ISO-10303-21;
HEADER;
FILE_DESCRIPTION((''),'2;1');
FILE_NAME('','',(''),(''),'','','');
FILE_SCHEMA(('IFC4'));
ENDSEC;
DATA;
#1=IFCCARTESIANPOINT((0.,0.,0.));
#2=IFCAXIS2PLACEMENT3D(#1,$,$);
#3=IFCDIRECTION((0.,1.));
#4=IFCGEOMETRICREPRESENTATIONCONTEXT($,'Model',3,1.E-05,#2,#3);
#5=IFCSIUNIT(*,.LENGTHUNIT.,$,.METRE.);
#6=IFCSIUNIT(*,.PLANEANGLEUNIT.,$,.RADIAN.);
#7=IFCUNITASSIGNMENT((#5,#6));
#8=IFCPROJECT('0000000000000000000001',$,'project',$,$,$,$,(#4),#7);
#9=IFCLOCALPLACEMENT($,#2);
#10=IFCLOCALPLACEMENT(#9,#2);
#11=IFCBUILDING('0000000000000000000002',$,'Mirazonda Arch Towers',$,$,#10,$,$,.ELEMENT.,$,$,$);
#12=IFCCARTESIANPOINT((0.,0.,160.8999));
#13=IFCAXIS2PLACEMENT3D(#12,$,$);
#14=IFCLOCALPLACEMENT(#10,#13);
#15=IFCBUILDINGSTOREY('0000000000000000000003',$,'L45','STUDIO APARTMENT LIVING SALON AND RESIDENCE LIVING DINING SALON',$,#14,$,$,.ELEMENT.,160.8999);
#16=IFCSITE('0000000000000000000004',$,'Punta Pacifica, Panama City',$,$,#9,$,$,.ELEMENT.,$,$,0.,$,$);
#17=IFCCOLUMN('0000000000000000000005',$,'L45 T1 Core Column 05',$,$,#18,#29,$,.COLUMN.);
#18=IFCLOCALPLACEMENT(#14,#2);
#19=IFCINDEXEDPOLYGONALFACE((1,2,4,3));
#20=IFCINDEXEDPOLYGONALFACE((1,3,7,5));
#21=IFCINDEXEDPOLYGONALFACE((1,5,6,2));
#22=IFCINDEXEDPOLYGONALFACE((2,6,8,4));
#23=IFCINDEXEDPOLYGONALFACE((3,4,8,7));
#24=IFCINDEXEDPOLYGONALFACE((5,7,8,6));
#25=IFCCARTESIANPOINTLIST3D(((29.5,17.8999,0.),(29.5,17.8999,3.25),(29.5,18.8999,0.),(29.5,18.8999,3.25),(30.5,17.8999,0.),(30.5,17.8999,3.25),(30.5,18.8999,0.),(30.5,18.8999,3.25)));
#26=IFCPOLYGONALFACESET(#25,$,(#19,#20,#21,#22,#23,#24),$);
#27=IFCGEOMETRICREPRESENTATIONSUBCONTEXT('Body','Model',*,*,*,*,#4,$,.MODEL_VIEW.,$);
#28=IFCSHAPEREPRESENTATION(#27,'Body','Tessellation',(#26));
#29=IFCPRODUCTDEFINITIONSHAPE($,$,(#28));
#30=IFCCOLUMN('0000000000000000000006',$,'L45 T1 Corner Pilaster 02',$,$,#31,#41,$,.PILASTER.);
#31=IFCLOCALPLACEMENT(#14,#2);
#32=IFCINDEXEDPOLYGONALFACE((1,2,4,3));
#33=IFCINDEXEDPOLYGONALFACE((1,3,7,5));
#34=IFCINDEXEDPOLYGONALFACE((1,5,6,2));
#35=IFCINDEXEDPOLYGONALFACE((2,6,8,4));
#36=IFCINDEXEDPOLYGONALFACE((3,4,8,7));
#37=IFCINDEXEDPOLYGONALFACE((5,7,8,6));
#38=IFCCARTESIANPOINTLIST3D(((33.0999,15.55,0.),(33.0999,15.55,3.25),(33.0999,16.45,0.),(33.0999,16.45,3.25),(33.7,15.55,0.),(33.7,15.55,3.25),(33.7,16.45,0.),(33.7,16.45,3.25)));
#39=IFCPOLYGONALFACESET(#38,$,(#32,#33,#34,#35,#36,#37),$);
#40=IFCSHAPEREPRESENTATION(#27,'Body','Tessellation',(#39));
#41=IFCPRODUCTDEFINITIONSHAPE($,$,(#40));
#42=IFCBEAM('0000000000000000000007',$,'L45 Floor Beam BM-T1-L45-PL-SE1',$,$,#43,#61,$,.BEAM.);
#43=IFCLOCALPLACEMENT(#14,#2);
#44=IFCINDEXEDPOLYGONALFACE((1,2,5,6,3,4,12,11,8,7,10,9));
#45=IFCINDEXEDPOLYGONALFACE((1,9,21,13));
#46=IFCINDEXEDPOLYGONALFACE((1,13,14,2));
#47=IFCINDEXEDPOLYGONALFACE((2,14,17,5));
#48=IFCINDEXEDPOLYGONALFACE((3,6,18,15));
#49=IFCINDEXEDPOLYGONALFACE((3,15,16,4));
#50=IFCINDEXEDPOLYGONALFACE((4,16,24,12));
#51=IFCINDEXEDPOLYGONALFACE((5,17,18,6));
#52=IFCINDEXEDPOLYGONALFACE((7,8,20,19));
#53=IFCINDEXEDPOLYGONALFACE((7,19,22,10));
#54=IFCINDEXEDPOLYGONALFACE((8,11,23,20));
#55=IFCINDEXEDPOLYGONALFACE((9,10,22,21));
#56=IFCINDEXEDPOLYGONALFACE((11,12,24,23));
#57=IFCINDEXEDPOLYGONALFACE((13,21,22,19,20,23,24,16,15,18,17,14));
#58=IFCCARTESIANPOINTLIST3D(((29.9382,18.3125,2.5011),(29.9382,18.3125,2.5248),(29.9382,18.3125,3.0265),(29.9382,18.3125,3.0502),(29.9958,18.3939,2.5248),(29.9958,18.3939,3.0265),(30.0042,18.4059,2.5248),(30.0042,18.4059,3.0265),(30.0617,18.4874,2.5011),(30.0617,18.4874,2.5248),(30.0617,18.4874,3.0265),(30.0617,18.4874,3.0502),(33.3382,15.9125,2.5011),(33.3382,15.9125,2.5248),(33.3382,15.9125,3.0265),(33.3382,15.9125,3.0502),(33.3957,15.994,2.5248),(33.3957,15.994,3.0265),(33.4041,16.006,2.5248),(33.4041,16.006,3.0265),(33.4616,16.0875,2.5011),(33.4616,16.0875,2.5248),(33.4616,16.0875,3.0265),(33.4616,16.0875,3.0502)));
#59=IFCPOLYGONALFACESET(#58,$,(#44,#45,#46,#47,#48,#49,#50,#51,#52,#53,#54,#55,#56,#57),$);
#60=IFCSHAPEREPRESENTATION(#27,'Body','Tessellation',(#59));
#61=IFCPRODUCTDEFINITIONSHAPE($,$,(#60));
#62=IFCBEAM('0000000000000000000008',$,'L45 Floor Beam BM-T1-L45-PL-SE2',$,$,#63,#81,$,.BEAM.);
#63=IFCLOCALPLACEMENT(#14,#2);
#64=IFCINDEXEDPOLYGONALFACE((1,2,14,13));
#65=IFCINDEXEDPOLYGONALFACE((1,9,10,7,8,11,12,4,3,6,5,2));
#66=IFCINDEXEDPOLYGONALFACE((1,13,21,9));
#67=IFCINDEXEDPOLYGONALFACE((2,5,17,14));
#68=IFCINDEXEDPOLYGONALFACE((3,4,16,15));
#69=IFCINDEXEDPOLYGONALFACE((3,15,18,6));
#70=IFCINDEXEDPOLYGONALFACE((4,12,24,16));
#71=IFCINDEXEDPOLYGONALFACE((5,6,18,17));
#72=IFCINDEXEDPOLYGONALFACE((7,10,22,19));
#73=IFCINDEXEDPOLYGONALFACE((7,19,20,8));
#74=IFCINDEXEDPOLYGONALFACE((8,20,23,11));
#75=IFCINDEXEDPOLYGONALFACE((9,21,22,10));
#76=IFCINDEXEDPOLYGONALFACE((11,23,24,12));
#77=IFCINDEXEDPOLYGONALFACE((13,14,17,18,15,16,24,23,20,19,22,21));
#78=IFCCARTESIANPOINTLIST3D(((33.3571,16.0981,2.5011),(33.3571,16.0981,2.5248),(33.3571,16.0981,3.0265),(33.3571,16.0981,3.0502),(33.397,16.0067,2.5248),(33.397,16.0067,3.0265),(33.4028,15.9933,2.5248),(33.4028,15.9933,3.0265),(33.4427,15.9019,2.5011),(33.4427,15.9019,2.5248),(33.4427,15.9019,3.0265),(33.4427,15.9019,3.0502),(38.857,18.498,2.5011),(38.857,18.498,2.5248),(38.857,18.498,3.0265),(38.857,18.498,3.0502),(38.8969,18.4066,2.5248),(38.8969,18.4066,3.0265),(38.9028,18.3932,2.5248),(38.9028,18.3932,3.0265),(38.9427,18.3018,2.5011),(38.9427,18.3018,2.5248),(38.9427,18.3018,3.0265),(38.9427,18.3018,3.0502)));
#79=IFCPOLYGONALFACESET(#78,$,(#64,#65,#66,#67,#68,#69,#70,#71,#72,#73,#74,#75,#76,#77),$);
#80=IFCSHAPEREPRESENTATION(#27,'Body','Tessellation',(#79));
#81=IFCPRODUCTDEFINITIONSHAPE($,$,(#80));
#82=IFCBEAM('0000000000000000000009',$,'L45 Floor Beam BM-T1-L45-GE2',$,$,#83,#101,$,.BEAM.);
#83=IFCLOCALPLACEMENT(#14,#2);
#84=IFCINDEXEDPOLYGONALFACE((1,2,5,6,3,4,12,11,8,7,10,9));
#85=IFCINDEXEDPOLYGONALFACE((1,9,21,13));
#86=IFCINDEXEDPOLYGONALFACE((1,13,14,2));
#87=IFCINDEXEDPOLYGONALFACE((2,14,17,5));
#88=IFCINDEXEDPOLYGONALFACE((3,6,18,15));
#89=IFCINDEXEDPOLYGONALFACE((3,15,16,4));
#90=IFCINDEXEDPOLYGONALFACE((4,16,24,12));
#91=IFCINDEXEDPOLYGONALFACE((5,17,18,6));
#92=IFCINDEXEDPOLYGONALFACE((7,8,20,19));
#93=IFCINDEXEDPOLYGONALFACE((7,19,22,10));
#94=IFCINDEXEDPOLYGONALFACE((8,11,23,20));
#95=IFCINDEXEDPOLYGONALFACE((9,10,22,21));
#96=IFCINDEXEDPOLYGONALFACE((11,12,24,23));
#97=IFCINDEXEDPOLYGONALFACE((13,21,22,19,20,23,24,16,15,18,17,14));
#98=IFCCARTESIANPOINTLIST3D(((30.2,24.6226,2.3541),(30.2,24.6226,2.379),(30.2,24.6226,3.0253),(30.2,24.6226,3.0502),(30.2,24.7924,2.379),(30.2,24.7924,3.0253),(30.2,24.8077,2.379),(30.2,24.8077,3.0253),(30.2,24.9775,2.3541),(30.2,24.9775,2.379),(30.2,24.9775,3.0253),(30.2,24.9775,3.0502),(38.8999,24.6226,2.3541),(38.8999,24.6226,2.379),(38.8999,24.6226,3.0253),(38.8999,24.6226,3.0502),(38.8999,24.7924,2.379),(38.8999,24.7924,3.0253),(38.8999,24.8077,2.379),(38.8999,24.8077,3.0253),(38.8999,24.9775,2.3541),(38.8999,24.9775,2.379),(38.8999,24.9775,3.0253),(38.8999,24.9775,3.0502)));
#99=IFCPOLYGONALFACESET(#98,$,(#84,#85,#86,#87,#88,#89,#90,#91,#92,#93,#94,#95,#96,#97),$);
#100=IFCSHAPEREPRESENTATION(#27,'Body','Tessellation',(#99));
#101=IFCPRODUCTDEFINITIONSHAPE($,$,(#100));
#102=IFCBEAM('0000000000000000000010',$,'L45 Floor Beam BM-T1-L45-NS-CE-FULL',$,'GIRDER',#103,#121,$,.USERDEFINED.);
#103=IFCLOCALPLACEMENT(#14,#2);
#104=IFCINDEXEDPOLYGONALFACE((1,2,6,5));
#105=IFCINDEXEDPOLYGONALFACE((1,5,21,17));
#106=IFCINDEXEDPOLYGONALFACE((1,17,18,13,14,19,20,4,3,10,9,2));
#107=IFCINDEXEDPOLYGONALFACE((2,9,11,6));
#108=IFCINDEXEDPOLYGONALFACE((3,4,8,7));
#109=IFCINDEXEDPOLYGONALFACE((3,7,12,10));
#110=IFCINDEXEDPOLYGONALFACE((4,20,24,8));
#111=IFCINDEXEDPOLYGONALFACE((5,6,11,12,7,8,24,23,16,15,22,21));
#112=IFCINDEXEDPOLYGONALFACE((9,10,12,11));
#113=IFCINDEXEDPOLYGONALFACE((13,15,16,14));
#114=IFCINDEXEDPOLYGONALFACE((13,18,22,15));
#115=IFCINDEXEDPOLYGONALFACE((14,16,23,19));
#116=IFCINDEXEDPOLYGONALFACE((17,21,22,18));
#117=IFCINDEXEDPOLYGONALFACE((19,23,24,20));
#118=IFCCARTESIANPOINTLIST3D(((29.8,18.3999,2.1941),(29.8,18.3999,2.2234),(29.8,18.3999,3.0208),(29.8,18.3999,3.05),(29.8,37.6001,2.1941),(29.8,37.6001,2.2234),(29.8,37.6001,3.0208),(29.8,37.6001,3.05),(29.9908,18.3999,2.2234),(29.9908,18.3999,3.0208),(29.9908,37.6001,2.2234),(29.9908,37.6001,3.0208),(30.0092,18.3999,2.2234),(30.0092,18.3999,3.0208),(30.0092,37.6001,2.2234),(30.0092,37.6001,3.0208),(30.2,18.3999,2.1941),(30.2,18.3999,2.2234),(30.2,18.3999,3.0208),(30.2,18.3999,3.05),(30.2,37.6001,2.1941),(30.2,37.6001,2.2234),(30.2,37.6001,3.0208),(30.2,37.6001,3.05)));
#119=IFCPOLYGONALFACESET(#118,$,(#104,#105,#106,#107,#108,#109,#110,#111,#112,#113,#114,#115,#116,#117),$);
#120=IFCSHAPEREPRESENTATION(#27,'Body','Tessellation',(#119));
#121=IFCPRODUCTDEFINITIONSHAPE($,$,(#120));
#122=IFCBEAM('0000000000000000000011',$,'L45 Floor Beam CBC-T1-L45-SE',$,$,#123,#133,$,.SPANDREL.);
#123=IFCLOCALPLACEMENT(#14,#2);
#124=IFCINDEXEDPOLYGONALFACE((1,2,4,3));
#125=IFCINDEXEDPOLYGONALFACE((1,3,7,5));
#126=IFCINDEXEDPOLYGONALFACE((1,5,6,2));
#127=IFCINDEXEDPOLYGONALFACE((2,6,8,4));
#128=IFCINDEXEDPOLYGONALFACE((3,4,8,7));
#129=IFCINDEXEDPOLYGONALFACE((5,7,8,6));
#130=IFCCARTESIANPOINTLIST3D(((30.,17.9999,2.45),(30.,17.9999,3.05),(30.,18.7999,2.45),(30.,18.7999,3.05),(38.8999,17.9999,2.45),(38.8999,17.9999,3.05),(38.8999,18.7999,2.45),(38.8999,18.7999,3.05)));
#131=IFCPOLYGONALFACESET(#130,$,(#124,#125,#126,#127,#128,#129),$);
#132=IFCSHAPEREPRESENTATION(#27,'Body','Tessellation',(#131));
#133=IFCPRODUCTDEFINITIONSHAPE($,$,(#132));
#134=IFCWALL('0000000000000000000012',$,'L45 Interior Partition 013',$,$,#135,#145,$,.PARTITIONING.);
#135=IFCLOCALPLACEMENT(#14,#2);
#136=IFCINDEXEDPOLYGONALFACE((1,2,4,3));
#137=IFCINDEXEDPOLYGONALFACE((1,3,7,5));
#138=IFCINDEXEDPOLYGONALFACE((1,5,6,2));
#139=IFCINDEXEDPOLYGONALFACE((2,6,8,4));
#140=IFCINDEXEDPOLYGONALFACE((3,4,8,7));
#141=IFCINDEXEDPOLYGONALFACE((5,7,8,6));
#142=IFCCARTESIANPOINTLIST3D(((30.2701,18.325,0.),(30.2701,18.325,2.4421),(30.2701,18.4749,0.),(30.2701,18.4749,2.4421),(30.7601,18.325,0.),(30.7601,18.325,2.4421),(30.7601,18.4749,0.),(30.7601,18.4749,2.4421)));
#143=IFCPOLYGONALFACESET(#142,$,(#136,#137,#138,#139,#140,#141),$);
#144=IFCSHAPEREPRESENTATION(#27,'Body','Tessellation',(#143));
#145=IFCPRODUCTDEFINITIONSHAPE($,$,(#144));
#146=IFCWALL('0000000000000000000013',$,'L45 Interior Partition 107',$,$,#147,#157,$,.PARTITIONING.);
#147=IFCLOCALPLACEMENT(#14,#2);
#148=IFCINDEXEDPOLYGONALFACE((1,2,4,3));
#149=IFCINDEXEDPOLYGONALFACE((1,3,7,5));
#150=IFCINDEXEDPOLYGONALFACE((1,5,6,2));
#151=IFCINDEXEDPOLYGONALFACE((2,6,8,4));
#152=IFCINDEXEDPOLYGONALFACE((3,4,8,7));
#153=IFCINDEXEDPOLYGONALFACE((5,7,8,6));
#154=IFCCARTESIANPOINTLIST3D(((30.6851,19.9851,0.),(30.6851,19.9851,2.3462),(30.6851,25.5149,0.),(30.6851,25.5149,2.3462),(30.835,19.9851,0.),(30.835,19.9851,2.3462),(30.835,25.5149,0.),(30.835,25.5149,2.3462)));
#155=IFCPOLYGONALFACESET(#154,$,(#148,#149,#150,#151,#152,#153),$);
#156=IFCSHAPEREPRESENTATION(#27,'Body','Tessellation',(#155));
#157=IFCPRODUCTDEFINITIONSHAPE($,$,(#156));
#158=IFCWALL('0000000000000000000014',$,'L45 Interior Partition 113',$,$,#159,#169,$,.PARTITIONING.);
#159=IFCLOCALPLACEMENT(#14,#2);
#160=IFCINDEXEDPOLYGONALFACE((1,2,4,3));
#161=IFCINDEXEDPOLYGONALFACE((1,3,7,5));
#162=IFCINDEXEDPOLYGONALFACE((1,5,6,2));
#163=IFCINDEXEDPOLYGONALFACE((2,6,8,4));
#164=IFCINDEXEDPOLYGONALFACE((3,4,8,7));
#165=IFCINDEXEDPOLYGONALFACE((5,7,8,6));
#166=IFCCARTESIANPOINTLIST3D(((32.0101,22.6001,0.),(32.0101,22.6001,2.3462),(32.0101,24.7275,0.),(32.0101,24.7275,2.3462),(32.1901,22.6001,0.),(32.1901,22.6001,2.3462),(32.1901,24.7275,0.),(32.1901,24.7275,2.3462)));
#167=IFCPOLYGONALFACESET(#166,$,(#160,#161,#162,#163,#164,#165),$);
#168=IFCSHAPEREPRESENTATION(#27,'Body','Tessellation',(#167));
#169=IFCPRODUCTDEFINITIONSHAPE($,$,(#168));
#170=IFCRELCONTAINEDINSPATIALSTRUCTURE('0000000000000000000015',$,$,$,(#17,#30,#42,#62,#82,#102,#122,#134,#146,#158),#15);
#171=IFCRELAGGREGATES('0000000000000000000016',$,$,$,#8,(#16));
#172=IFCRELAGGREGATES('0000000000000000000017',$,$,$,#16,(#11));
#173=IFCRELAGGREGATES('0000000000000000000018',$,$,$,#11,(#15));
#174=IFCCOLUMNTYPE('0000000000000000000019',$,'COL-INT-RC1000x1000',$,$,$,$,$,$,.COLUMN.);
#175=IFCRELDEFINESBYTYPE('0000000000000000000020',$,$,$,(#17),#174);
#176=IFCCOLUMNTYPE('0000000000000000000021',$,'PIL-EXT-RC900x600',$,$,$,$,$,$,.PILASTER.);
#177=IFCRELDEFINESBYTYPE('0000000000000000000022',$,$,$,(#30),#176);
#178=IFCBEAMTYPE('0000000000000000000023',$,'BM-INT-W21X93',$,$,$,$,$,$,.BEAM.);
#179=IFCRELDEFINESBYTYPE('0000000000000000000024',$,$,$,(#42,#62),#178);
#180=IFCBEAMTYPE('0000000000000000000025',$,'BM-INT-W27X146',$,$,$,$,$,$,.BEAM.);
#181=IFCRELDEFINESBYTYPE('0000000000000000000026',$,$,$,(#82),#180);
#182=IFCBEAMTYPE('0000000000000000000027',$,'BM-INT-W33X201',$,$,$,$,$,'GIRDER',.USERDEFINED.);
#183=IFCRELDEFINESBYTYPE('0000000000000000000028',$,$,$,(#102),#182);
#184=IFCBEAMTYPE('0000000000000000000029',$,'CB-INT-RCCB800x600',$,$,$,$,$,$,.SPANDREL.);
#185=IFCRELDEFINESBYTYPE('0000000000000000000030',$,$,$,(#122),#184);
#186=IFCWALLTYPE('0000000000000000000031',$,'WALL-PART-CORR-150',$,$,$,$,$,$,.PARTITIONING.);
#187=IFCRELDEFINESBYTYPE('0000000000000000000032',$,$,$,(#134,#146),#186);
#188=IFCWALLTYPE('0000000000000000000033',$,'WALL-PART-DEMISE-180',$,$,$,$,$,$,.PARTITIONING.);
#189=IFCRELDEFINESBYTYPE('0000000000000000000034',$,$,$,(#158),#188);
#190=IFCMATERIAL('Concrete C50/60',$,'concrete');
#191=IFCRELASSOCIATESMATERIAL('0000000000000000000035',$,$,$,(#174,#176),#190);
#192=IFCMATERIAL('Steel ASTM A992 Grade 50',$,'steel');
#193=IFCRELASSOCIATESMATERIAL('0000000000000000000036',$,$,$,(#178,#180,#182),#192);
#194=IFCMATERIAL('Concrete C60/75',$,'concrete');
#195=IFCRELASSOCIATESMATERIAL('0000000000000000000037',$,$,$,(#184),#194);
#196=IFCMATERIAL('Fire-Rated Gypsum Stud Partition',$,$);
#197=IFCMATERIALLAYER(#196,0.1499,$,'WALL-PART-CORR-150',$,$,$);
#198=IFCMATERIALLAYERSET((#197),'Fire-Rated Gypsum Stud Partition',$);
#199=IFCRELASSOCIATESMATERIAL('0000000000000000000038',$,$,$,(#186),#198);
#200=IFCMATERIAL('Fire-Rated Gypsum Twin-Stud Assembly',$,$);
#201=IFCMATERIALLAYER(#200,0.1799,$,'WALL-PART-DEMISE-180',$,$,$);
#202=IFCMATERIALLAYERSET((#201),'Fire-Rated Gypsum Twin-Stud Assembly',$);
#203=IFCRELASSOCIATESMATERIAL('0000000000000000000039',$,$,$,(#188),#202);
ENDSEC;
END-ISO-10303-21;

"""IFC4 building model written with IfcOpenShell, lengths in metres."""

from ifc_helpers import new_model, si_unit, direction, frame, frame_2d, origin, origin_2d, place, context, subcontext, project, spatial, rectangle, i_section, extrude, material, layer, layer_set, material_profile, profile_set, type_object, element, save


model = new_model("IFC4")

# Units and contexts
model_context = context("Model", 3, precision=1e-05, world=origin(), true_north=direction((0.0, 1.0)))
body_context = subcontext(model_context, "Body", "Model", "MODEL_VIEW")
ifc_project = project(units=[si_unit("LENGTHUNIT", "METRE"), si_unit("PLANEANGLEUNIT", "RADIAN")], contexts=[model_context])

# Site, building, storey
site_placement = place(None, origin())
site = spatial("IfcSite", under=ifc_project, at=site_placement, Name="Punta Pacifica, Panama City", CompositionType="ELEMENT", RefElevation=0.0)
building_placement = place(site_placement, origin())
building = spatial("IfcBuilding", under=site, at=building_placement, Name="Mirazonda Arch Towers", CompositionType="ELEMENT")
storey_placement = place(building_placement, frame((0.0, 0.0, 160.8999)))
storey = spatial("IfcBuildingStorey", under=building, at=storey_placement, Name="L45", Description="STUDIO APARTMENT LIVING SALON AND RESIDENCE LIVING DINING SALON", CompositionType="ELEMENT", Elevation=160.8999)

# Columns
ifc_material_1 = material(Name="Concrete C50/60", Category="concrete")
ifc_material_profile_1 = material_profile(ifc_material_1, rectangle(XDim=1.0, YDim=1.0, at=origin_2d()), Name="RC1000x1000")
ifc_profile_set_1 = profile_set([ifc_material_profile_1], Name="Concrete C50/60")
column_type_1 = type_object("IfcColumnType", Name="COL-INT-RC1000x1000", PredefinedType="COLUMN", material=ifc_profile_set_1)
column_1_placement = place(storey_placement, frame((30.0, 18.3999, 0.0), z_axis=(0.0, 0.0, 1.0), x_axis=(1.0, 0.0, 0.0)))
element("IfcColumn", 1, at=column_1_placement, inside=storey, type_object=column_type_1, Name="L45 T1 Core Column 05", PredefinedType="COLUMN", context=body_context, shape_type="SweptSolid", body=[
    extrude(rectangle(XDim=1.0, YDim=1.0, at=origin_2d()), origin(), (0.0, 0.0, 1.0), 3.25),
])
ifc_material_profile_2 = material_profile(ifc_material_1, rectangle(XDim=0.6001, YDim=0.8999, at=origin_2d()), Name="RC900x600")
ifc_profile_set_2 = profile_set([ifc_material_profile_2], Name="Concrete C50/60")
column_type_2 = type_object("IfcColumnType", Name="PIL-EXT-RC900x600", PredefinedType="PILASTER", material=ifc_profile_set_2)
column_2_placement = place(storey_placement, frame((33.3999, 16.0, 0.0), z_axis=(0.0, 0.0, 1.0), x_axis=(1.0, 0.0, 0.0)))
element("IfcColumn", 2, at=column_2_placement, inside=storey, type_object=column_type_2, Name="L45 T1 Corner Pilaster 02", PredefinedType="PILASTER", context=body_context, shape_type="SweptSolid", body=[
    extrude(rectangle(XDim=0.6001, YDim=0.8999, at=origin_2d()), origin(), (0.0, 0.0, 1.0), 3.25),
])

# Beams
ifc_material_2 = material(Name="Steel ASTM A992 Grade 50", Category="steel")
ifc_material_profile_3 = material_profile(ifc_material_2, i_section(OverallWidth=0.2141, OverallDepth=0.5491, WebThickness=0.0146, FlangeThickness=0.0237, at=origin_2d()), Name="W21X93")
ifc_profile_set_3 = profile_set([ifc_material_profile_3], Name="Steel ASTM A992 Grade 50")
beam_type_1 = type_object("IfcBeamType", Name="BM-INT-W21X93", PredefinedType="BEAM", material=ifc_profile_set_3)
beam_1_placement = place(storey_placement, frame((33.3999, 16.0, 2.7756), z_axis=(-0.816971, 0.576679, 0.0), x_axis=(-0.576679, -0.816971, 0.0)))
element("IfcBeam", 3, at=beam_1_placement, inside=storey, type_object=beam_type_1, Name="L45 Floor Beam BM-T1-L45-PL-SE1", PredefinedType="BEAM", context=body_context, shape_type="SweptSolid", body=[
    extrude(i_section(OverallWidth=0.2141, OverallDepth=0.5491, WebThickness=0.0146, FlangeThickness=0.0237, at=origin_2d()), origin(), (0.0, 0.0, 1.0), 4.1616),
])
beam_2_placement = place(storey_placement, frame((33.3999, 16.0, 2.7756), z_axis=(0.916545, 0.399931, 0.0), x_axis=(-0.399931, 0.916545, 0.0)))
element("IfcBeam", 4, at=beam_2_placement, inside=storey, type_object=beam_type_1, Name="L45 Floor Beam BM-T1-L45-PL-SE2", PredefinedType="BEAM", context=body_context, shape_type="SweptSolid", body=[
    extrude(i_section(OverallWidth=0.2141, OverallDepth=0.5491, WebThickness=0.0146, FlangeThickness=0.0237, at=origin_2d()), origin(), (0.0, 0.0, 1.0), 6.0007),
])
ifc_material_profile_4 = material_profile(ifc_material_2, i_section(OverallWidth=0.355, OverallDepth=0.696, WebThickness=0.0154, FlangeThickness=0.0249, at=origin_2d()), Name="W27X146")
ifc_profile_set_4 = profile_set([ifc_material_profile_4], Name="Steel ASTM A992 Grade 50")
beam_type_2 = type_object("IfcBeamType", Name="BM-INT-W27X146", PredefinedType="BEAM", material=ifc_profile_set_4)
beam_3_placement = place(storey_placement, frame((30.2, 24.8, 2.7021), z_axis=(1.0, 0.0, 0.0), x_axis=(0.0, 1.0, 0.0)))
element("IfcBeam", 5, at=beam_3_placement, inside=storey, type_object=beam_type_2, Name="L45 Floor Beam BM-T1-L45-GE2", PredefinedType="BEAM", context=body_context, shape_type="SweptSolid", body=[
    extrude(i_section(OverallWidth=0.355, OverallDepth=0.696, WebThickness=0.0154, FlangeThickness=0.0249, at=origin_2d()), origin(), (0.0, 0.0, 1.0), 8.7),
])
ifc_material_profile_5 = material_profile(ifc_material_2, i_section(OverallWidth=0.3999, OverallDepth=0.856, WebThickness=0.0183, FlangeThickness=0.0293, at=origin_2d()), Name="W33X201")
ifc_profile_set_5 = profile_set([ifc_material_profile_5], Name="Steel ASTM A992 Grade 50")
beam_type_3 = type_object("IfcBeamType", Name="BM-INT-W33X201", ElementType="GIRDER", PredefinedType="USERDEFINED", material=ifc_profile_set_5)
beam_4_placement = place(storey_placement, frame((30.0, 18.3999, 2.6221), z_axis=(0.0, 1.0, 0.0), x_axis=(-1.0, 0.0, 0.0)))
element("IfcBeam", 6, at=beam_4_placement, inside=storey, type_object=beam_type_3, Name="L45 Floor Beam BM-T1-L45-NS-CE-FULL", ObjectType="GIRDER", PredefinedType="USERDEFINED", context=body_context, shape_type="SweptSolid", body=[
    extrude(i_section(OverallWidth=0.3999, OverallDepth=0.856, WebThickness=0.0183, FlangeThickness=0.0293, at=origin_2d()), origin(), (0.0, 0.0, 1.0), 19.2002),
])
ifc_material_3 = material(Name="Concrete C60/75", Category="concrete")
ifc_material_profile_6 = material_profile(ifc_material_3, rectangle(XDim=0.8, YDim=0.6001, at=origin_2d()), Name="RCCB800x600")
ifc_profile_set_6 = profile_set([ifc_material_profile_6], Name="Concrete C60/75")
beam_type_4 = type_object("IfcBeamType", Name="CB-INT-RCCB800x600", PredefinedType="SPANDREL", material=ifc_profile_set_6)
beam_5_placement = place(storey_placement, frame((30.0, 18.3999, 2.75), z_axis=(1.0, 0.0, 0.0), x_axis=(0.0, 1.0, 0.0)))
element("IfcBeam", 7, at=beam_5_placement, inside=storey, type_object=beam_type_4, Name="L45 Floor Beam CBC-T1-L45-SE", PredefinedType="SPANDREL", context=body_context, shape_type="SweptSolid", body=[
    extrude(rectangle(XDim=0.8, YDim=0.6001, at=origin_2d()), origin(), (0.0, 0.0, 1.0), 8.8999),
])

# Walls
ifc_material_4 = material(Name="Fire-Rated Gypsum Stud Partition")
ifc_layer_1 = layer(ifc_material_4, 0.1499, Name="WALL-PART-CORR-150")
ifc_layer_set_1 = layer_set([ifc_layer_1], Name="Fire-Rated Gypsum Stud Partition")
wall_type_1 = type_object("IfcWallType", Name="WALL-PART-CORR-150", PredefinedType="PARTITIONING", material=ifc_layer_set_1)
wall_1_placement = place(storey_placement, frame((30.27, 18.3999, 0.0), z_axis=(0.0, 0.0, 1.0), x_axis=(1.0, 0.0, 0.0)))
element("IfcWall", 8, at=wall_1_placement, inside=storey, type_object=wall_type_1, Name="L45 Interior Partition 013", PredefinedType="PARTITIONING", context=body_context, shape_type="SweptSolid", body=[
    extrude(rectangle(XDim=0.49, YDim=0.1499, at=frame_2d((0.2451, 0.0))), origin(), (0.0, 0.0, 1.0), 2.4421),
])
wall_2_placement = place(storey_placement, frame((30.76, 19.9851, 0.0), z_axis=(0.0, 0.0, 1.0), x_axis=(0.0, 1.0, 0.0)))
element("IfcWall", 9, at=wall_2_placement, inside=storey, type_object=wall_type_1, Name="L45 Interior Partition 107", PredefinedType="PARTITIONING", context=body_context, shape_type="SweptSolid", body=[
    extrude(rectangle(XDim=5.5298, YDim=0.1499, at=frame_2d((2.7649, 0.0))), origin(), (0.0, 0.0, 1.0), 2.3462),
])

# Shared definitions
ifc_material_5 = material(Name="Fire-Rated Gypsum Twin-Stud Assembly")
ifc_layer_2 = layer(ifc_material_5, 0.1799, Name="WALL-PART-DEMISE-180")
ifc_layer_set_2 = layer_set([ifc_layer_2], Name="Fire-Rated Gypsum Twin-Stud Assembly")
wall_type_2 = type_object("IfcWallType", Name="WALL-PART-DEMISE-180", PredefinedType="PARTITIONING", material=ifc_layer_set_2)

# Wall
for number, where, z_axis, x_axis, name in (
    (10, (32.1001, 22.6001, 0.0), (0.0, 0.0, 1.0), (0.0, 1.0, 0.0), "L45 Interior Partition 113"),
):
    element("IfcWall", number, at=place(storey_placement, frame(where, z_axis=z_axis, x_axis=x_axis)), inside=storey, type_object=wall_type_2, Name=name, PredefinedType="PARTITIONING", context=body_context, shape_type="SweptSolid", body=[
        extrude(rectangle(XDim=2.1274, YDim=0.1799, at=frame_2d((1.0637, 0.0))), origin(), (0.0, 0.0, 1.0), 2.3462),
    ])

save(model, "model.ifc")
